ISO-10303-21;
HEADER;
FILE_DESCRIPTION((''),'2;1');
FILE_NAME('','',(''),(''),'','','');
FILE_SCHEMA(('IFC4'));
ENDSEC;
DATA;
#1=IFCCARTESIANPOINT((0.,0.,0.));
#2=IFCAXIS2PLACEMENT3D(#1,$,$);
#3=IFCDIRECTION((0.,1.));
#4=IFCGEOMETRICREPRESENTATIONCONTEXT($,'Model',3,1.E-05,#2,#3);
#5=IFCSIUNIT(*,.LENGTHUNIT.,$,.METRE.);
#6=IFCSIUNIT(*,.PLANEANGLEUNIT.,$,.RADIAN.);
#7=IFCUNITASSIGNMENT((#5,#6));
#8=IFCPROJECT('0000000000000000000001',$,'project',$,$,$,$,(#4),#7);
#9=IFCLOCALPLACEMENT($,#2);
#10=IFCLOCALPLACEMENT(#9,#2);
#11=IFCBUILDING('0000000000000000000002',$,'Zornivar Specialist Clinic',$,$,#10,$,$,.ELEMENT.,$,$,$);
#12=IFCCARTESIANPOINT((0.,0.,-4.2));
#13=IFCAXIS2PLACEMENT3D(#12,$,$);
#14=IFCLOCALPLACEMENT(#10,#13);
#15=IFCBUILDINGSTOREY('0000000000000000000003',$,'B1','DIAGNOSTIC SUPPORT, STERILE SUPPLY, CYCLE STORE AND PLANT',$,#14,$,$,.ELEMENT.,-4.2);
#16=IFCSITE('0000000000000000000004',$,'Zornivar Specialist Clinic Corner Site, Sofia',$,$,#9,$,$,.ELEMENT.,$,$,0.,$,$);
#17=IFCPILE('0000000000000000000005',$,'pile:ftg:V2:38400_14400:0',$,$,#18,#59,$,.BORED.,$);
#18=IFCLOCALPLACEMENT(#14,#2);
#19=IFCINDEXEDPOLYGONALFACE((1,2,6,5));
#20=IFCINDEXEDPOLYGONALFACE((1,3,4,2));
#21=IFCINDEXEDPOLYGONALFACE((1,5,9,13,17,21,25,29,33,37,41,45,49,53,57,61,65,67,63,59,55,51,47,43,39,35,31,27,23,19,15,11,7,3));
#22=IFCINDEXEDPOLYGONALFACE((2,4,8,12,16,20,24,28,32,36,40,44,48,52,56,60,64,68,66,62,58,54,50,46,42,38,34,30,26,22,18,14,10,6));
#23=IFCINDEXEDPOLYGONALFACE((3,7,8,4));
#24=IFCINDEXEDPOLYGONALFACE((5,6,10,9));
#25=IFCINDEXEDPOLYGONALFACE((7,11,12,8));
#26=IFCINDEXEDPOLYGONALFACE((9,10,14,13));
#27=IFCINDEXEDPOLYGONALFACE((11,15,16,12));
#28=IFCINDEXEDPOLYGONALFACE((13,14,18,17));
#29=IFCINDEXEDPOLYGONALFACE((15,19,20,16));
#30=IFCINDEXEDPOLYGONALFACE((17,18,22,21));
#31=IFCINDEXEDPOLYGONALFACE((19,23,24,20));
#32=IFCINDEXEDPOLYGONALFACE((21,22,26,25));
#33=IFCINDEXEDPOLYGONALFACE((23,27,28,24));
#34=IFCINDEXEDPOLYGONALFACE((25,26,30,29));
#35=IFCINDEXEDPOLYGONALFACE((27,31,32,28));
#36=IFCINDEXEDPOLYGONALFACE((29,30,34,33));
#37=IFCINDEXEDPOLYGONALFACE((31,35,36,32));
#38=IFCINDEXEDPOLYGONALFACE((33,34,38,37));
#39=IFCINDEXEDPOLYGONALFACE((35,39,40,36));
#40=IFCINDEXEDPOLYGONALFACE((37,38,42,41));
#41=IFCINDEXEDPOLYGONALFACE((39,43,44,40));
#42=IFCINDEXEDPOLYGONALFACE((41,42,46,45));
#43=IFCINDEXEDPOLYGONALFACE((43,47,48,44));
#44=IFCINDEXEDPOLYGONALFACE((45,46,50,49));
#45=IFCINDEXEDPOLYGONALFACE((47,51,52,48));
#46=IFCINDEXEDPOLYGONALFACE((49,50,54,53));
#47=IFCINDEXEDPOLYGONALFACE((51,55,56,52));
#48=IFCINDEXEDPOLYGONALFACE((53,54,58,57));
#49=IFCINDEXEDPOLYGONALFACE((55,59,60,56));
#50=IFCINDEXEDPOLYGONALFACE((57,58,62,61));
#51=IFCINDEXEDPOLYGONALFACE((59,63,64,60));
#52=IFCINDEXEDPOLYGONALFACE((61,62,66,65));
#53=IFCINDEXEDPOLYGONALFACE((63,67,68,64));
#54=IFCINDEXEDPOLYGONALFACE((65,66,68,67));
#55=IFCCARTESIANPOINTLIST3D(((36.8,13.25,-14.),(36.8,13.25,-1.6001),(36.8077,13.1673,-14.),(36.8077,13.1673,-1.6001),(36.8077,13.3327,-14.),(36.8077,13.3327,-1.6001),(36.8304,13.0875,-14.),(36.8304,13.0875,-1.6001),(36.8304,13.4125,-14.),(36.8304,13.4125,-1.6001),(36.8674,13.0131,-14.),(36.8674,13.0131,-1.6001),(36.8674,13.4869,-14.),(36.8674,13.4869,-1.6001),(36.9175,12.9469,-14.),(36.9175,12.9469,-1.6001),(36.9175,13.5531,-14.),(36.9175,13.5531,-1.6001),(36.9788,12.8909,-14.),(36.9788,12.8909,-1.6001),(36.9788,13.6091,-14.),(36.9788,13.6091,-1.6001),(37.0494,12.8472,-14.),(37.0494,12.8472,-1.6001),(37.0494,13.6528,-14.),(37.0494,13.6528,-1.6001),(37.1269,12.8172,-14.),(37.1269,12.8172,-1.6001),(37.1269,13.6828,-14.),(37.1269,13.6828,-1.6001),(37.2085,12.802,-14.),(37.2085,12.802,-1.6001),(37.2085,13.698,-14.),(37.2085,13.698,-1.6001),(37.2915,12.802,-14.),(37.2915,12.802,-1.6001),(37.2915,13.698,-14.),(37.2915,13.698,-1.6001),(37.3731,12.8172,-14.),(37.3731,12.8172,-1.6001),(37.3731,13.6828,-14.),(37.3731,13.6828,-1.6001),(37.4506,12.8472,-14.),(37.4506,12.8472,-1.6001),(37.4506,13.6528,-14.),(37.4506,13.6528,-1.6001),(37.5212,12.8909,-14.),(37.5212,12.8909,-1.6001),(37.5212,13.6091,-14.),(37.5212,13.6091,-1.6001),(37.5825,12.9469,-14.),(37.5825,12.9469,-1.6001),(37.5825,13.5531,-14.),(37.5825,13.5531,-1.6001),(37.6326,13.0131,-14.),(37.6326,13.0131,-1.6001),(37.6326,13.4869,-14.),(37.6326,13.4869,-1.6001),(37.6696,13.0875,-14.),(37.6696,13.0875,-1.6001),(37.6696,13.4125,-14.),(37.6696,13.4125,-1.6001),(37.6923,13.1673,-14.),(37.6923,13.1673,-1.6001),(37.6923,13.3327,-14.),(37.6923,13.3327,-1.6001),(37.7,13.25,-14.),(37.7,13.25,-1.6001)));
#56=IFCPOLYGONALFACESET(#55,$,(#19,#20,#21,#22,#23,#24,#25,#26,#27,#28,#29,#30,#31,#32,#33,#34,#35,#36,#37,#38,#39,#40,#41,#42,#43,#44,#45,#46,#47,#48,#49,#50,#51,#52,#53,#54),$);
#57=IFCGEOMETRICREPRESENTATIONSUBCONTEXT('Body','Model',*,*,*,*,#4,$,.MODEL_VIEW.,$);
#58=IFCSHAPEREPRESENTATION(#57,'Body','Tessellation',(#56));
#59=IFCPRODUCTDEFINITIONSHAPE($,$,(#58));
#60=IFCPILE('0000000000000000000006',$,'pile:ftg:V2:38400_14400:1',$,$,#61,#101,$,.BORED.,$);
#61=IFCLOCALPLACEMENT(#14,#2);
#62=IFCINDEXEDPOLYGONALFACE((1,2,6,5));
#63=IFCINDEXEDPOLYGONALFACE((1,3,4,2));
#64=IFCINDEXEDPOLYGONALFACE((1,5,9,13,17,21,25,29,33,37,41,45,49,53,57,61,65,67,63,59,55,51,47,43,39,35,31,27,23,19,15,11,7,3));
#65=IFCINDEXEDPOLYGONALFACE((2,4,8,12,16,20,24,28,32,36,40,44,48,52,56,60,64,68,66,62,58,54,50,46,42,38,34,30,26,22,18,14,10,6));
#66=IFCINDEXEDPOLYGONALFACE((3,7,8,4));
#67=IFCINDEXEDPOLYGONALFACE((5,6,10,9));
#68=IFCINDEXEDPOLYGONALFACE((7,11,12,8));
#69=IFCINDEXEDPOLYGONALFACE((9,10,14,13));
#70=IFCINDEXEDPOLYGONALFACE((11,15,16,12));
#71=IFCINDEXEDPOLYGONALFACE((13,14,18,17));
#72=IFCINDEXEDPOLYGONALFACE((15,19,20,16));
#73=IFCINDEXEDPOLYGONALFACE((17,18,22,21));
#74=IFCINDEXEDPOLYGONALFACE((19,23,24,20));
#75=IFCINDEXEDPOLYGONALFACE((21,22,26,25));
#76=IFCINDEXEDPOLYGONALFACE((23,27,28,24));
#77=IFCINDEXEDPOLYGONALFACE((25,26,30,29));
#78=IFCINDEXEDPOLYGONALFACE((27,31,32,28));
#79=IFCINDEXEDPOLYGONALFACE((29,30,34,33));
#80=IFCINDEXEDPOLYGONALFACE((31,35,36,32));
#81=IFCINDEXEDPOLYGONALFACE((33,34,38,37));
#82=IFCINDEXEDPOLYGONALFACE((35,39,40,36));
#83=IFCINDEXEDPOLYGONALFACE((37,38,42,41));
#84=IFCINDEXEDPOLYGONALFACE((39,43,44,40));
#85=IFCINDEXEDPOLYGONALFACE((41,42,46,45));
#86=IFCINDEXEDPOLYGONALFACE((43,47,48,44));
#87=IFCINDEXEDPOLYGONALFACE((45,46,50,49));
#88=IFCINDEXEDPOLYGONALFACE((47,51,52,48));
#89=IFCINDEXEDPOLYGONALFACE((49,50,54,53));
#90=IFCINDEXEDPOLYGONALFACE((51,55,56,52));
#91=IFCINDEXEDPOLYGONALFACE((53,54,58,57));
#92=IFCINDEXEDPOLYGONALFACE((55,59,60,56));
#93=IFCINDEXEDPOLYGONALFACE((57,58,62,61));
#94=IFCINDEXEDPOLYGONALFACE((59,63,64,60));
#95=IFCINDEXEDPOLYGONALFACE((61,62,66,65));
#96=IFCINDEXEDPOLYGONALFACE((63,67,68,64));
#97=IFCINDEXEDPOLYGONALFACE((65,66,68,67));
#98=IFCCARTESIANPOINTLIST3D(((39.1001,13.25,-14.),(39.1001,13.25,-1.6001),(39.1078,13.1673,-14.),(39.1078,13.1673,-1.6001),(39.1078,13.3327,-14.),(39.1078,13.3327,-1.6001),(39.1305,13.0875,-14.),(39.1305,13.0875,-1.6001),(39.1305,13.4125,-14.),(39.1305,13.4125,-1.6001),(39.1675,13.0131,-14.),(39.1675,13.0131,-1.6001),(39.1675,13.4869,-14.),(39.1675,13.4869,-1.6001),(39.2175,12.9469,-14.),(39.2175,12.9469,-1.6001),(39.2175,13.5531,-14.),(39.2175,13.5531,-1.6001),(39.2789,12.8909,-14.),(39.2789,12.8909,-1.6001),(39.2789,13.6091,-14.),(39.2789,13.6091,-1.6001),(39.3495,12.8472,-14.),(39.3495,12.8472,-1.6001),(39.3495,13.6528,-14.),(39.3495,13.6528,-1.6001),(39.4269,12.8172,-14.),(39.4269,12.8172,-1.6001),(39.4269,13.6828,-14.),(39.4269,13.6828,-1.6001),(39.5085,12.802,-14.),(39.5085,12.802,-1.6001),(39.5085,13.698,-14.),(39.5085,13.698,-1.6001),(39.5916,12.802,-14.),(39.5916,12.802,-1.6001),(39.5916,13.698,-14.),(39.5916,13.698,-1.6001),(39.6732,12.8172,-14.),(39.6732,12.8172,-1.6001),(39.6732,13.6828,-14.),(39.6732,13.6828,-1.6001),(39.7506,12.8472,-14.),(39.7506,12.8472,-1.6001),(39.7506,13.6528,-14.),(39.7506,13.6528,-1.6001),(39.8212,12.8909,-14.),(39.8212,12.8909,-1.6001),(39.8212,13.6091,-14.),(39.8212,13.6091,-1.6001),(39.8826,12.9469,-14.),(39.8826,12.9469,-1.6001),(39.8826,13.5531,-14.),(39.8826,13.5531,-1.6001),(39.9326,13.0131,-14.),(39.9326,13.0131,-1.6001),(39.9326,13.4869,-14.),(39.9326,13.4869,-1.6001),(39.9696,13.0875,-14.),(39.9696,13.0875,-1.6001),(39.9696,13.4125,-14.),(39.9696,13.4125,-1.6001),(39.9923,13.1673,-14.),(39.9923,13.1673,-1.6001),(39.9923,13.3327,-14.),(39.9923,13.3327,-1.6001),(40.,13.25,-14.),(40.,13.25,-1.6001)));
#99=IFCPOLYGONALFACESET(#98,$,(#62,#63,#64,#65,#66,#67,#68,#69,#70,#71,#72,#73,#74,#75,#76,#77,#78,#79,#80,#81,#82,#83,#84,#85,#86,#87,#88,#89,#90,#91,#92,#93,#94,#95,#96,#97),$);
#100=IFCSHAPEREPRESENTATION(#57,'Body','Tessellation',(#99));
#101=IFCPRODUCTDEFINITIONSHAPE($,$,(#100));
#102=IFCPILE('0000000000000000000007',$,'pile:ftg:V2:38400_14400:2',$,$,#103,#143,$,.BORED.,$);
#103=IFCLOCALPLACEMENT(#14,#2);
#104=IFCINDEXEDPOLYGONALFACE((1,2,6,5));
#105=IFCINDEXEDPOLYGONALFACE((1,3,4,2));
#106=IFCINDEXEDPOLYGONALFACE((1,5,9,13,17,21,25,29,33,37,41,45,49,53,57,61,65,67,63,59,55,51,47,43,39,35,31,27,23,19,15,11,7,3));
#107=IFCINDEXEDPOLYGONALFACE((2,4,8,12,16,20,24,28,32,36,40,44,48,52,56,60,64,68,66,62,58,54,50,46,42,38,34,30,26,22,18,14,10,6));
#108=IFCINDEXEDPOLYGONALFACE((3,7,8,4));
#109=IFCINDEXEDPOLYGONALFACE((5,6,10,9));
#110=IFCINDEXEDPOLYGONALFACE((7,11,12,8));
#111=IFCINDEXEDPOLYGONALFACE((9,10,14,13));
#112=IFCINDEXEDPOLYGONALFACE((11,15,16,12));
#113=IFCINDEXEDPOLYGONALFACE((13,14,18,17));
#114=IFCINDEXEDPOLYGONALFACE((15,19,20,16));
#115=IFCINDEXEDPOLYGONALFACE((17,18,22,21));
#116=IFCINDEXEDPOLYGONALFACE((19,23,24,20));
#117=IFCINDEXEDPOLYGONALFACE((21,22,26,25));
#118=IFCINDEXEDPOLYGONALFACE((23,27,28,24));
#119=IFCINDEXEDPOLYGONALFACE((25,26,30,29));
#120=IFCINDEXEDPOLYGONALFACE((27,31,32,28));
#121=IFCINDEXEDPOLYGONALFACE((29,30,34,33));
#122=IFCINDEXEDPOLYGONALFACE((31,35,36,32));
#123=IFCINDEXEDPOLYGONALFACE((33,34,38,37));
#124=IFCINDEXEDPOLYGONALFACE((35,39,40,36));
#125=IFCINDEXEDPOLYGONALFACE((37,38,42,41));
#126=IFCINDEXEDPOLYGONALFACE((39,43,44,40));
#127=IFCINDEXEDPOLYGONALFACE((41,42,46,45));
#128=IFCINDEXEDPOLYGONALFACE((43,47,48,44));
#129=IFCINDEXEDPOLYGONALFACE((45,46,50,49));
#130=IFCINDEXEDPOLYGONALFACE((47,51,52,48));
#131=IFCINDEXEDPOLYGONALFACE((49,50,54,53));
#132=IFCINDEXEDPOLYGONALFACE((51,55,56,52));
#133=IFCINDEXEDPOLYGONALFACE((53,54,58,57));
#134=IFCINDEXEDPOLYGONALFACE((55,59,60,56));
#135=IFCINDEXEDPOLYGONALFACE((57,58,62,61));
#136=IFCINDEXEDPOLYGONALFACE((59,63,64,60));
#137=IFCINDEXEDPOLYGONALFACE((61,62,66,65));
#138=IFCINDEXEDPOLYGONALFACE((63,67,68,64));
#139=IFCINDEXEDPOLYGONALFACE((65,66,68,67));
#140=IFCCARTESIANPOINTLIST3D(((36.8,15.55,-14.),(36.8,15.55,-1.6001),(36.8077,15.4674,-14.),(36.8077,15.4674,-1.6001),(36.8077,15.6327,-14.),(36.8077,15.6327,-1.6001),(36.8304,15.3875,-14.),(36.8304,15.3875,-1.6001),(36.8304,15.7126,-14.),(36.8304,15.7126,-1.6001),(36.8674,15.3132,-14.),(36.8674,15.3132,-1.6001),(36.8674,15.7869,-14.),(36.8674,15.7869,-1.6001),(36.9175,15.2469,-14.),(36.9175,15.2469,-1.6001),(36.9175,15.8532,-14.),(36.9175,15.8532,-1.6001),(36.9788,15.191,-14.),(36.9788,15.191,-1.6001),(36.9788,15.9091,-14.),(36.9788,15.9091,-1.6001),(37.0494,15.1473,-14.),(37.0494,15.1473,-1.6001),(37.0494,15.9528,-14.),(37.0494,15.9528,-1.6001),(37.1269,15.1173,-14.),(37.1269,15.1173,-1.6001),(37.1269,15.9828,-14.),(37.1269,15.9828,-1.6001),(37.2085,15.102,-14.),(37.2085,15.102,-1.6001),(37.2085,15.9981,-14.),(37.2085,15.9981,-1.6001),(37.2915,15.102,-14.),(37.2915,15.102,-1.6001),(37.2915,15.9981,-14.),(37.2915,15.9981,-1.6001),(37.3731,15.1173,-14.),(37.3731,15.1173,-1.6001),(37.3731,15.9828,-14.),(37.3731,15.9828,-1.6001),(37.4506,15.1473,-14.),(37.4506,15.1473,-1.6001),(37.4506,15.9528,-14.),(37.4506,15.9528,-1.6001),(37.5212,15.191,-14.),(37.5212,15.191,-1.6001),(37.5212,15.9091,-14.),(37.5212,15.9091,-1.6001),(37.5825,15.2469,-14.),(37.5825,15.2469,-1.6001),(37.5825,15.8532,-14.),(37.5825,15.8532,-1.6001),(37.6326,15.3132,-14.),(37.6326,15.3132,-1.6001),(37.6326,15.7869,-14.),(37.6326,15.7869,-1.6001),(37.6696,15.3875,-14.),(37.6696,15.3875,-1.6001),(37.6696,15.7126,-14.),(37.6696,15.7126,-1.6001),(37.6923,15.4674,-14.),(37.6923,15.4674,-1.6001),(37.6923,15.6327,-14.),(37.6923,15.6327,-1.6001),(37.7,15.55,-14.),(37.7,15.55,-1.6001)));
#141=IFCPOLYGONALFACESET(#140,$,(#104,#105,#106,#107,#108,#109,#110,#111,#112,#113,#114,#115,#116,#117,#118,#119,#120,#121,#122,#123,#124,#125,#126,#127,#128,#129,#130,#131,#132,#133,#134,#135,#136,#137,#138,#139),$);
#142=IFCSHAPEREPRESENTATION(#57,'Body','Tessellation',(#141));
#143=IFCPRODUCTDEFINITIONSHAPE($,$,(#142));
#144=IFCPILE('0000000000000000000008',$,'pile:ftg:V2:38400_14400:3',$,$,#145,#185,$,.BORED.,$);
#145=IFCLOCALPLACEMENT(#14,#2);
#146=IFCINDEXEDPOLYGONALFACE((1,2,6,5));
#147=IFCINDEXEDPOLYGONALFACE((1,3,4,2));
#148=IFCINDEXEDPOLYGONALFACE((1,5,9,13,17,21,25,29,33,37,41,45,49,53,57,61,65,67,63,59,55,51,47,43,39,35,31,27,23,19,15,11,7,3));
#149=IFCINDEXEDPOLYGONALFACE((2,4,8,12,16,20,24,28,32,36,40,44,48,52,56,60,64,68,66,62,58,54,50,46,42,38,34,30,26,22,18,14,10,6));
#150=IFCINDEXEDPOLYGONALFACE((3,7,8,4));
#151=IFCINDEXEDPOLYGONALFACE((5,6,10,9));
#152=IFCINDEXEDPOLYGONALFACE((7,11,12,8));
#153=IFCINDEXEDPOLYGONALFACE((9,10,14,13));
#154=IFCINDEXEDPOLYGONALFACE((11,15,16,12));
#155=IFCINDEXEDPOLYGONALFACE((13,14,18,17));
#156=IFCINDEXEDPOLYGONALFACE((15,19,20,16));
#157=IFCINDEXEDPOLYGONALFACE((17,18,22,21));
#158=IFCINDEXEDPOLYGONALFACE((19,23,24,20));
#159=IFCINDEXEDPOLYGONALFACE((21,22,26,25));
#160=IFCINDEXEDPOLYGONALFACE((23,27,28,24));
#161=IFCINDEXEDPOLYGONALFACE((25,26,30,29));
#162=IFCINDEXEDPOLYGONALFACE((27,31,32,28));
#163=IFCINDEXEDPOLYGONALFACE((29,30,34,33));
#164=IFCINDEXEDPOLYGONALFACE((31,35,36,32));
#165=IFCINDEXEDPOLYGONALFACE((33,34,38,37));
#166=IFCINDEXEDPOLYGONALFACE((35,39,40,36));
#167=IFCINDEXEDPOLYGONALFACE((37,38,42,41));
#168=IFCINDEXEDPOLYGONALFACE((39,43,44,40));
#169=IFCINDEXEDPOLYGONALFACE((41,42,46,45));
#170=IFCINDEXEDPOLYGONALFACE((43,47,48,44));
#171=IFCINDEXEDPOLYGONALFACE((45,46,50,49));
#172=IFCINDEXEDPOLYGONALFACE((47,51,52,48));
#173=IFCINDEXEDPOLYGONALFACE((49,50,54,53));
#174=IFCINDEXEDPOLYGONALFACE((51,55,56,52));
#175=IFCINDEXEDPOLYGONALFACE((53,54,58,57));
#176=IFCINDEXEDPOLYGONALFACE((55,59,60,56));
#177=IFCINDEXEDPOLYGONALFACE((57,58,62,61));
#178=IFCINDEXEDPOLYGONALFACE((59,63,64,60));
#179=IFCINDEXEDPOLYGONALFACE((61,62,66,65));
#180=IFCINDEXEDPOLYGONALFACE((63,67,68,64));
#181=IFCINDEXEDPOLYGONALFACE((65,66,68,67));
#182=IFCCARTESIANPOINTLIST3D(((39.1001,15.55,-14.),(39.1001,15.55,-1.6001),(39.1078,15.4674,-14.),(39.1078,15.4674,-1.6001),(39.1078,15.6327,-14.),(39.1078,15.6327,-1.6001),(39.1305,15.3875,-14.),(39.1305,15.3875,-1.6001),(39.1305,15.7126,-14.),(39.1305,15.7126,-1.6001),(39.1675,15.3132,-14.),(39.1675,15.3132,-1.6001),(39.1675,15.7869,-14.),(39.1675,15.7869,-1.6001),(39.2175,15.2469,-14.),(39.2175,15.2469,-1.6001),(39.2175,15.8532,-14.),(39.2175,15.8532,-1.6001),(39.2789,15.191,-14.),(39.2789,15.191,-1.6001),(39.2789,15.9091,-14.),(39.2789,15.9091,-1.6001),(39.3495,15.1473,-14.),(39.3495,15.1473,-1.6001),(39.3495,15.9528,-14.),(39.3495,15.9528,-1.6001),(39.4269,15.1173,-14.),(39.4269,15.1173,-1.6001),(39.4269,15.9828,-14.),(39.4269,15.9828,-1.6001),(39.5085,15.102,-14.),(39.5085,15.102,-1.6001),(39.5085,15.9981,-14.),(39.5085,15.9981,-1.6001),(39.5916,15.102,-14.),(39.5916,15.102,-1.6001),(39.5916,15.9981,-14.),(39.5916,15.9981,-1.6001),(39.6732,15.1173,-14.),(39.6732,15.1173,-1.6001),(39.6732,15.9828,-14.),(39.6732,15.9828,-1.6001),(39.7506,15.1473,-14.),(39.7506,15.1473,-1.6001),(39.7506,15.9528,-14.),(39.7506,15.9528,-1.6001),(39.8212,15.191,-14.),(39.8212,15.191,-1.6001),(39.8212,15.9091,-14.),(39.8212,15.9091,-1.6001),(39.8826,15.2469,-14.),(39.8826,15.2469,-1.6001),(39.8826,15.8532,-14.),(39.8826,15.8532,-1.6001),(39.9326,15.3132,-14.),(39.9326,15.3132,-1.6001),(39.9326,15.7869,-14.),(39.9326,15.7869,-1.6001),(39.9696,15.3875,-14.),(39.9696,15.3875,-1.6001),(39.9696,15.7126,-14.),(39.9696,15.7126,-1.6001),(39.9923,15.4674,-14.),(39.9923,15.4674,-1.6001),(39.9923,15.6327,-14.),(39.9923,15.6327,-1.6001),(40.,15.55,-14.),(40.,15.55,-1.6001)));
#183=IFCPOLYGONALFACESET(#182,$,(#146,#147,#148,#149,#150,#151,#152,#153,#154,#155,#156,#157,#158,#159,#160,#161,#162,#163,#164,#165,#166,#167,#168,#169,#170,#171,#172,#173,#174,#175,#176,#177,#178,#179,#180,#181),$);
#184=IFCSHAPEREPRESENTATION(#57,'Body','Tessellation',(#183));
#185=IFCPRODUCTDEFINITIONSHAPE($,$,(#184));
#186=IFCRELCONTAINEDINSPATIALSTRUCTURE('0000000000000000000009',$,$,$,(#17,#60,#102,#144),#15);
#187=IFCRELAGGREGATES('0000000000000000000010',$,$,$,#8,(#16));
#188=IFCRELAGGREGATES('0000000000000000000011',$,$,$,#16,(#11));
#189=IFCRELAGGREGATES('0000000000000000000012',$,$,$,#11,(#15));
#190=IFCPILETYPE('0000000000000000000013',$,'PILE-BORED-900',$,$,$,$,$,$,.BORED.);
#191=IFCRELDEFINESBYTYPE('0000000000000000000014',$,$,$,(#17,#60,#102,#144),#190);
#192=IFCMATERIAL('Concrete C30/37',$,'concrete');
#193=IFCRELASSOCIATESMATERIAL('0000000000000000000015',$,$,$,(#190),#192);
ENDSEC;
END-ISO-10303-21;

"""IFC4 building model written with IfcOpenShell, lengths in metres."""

from ifc_helpers import new_model, si_unit, direction, frame, origin, origin_2d, place, context, subcontext, project, spatial, circle, extrude, material, material_profile, profile_set, type_object, element, save


model = new_model("IFC4")

# Units and contexts
model_context = context("Model", 3, precision=1e-05, world=origin(), true_north=direction((0.0, 1.0)))
body_context = subcontext(model_context, "Body", "Model", "MODEL_VIEW")
ifc_project = project(units=[si_unit("LENGTHUNIT", "METRE"), si_unit("PLANEANGLEUNIT", "RADIAN")], contexts=[model_context])

# Site, building, storey
site_placement = place(None, origin())
site = spatial("IfcSite", under=ifc_project, at=site_placement, Name="Zornivar Specialist Clinic Corner Site, Sofia", CompositionType="ELEMENT", RefElevation=0.0)
building_placement = place(site_placement, origin())
building = spatial("IfcBuilding", under=site, at=building_placement, Name="Zornivar Specialist Clinic", CompositionType="ELEMENT")
storey_placement = place(building_placement, frame((0.0, 0.0, -4.2)))
storey = spatial("IfcBuildingStorey", under=building, at=storey_placement, Name="B1", Description="DIAGNOSTIC SUPPORT, STERILE SUPPLY, CYCLE STORE AND PLANT", CompositionType="ELEMENT", Elevation=-4.2)

# Piles
ifc_material_1 = material(Name="Concrete C30/37", Category="concrete")
ifc_material_profile_1 = material_profile(ifc_material_1, circle(Radius=0.45, at=origin_2d()), Name="PILE D900")
ifc_profile_set_1 = profile_set([ifc_material_profile_1], Name="Concrete C30/37")
pile_type = type_object("IfcPileType", Name="PILE-BORED-900", PredefinedType="BORED", material=ifc_profile_set_1)
for number, where, z_axis, x_axis, name in (
    (1, (37.25, 13.25, -1.6001), (0.0, 0.0, -1.0), (1.0, 0.0, 0.0), "pile:ftg:V2:38400_14400:0"),
    (2, (39.55, 13.25, -1.6001), (0.0, 0.0, -1.0), (1.0, 0.0, 0.0), "pile:ftg:V2:38400_14400:1"),
    (3, (37.25, 15.55, -1.6001), (0.0, 0.0, -1.0), (1.0, 0.0, 0.0), "pile:ftg:V2:38400_14400:2"),
    (4, (39.55, 15.55, -1.6001), (0.0, 0.0, -1.0), (1.0, 0.0, 0.0), "pile:ftg:V2:38400_14400:3"),
):
    element("IfcPile", number, at=place(storey_placement, frame(where, z_axis=z_axis, x_axis=x_axis)), inside=storey, type_object=pile_type, Name=name, PredefinedType="BORED", context=body_context, shape_type="SweptSolid", body=[
        extrude(circle(Radius=0.45, at=origin_2d()), origin(), (0.0, 0.0, 1.0), 12.3999),
    ])

save(model, "model.ifc")
